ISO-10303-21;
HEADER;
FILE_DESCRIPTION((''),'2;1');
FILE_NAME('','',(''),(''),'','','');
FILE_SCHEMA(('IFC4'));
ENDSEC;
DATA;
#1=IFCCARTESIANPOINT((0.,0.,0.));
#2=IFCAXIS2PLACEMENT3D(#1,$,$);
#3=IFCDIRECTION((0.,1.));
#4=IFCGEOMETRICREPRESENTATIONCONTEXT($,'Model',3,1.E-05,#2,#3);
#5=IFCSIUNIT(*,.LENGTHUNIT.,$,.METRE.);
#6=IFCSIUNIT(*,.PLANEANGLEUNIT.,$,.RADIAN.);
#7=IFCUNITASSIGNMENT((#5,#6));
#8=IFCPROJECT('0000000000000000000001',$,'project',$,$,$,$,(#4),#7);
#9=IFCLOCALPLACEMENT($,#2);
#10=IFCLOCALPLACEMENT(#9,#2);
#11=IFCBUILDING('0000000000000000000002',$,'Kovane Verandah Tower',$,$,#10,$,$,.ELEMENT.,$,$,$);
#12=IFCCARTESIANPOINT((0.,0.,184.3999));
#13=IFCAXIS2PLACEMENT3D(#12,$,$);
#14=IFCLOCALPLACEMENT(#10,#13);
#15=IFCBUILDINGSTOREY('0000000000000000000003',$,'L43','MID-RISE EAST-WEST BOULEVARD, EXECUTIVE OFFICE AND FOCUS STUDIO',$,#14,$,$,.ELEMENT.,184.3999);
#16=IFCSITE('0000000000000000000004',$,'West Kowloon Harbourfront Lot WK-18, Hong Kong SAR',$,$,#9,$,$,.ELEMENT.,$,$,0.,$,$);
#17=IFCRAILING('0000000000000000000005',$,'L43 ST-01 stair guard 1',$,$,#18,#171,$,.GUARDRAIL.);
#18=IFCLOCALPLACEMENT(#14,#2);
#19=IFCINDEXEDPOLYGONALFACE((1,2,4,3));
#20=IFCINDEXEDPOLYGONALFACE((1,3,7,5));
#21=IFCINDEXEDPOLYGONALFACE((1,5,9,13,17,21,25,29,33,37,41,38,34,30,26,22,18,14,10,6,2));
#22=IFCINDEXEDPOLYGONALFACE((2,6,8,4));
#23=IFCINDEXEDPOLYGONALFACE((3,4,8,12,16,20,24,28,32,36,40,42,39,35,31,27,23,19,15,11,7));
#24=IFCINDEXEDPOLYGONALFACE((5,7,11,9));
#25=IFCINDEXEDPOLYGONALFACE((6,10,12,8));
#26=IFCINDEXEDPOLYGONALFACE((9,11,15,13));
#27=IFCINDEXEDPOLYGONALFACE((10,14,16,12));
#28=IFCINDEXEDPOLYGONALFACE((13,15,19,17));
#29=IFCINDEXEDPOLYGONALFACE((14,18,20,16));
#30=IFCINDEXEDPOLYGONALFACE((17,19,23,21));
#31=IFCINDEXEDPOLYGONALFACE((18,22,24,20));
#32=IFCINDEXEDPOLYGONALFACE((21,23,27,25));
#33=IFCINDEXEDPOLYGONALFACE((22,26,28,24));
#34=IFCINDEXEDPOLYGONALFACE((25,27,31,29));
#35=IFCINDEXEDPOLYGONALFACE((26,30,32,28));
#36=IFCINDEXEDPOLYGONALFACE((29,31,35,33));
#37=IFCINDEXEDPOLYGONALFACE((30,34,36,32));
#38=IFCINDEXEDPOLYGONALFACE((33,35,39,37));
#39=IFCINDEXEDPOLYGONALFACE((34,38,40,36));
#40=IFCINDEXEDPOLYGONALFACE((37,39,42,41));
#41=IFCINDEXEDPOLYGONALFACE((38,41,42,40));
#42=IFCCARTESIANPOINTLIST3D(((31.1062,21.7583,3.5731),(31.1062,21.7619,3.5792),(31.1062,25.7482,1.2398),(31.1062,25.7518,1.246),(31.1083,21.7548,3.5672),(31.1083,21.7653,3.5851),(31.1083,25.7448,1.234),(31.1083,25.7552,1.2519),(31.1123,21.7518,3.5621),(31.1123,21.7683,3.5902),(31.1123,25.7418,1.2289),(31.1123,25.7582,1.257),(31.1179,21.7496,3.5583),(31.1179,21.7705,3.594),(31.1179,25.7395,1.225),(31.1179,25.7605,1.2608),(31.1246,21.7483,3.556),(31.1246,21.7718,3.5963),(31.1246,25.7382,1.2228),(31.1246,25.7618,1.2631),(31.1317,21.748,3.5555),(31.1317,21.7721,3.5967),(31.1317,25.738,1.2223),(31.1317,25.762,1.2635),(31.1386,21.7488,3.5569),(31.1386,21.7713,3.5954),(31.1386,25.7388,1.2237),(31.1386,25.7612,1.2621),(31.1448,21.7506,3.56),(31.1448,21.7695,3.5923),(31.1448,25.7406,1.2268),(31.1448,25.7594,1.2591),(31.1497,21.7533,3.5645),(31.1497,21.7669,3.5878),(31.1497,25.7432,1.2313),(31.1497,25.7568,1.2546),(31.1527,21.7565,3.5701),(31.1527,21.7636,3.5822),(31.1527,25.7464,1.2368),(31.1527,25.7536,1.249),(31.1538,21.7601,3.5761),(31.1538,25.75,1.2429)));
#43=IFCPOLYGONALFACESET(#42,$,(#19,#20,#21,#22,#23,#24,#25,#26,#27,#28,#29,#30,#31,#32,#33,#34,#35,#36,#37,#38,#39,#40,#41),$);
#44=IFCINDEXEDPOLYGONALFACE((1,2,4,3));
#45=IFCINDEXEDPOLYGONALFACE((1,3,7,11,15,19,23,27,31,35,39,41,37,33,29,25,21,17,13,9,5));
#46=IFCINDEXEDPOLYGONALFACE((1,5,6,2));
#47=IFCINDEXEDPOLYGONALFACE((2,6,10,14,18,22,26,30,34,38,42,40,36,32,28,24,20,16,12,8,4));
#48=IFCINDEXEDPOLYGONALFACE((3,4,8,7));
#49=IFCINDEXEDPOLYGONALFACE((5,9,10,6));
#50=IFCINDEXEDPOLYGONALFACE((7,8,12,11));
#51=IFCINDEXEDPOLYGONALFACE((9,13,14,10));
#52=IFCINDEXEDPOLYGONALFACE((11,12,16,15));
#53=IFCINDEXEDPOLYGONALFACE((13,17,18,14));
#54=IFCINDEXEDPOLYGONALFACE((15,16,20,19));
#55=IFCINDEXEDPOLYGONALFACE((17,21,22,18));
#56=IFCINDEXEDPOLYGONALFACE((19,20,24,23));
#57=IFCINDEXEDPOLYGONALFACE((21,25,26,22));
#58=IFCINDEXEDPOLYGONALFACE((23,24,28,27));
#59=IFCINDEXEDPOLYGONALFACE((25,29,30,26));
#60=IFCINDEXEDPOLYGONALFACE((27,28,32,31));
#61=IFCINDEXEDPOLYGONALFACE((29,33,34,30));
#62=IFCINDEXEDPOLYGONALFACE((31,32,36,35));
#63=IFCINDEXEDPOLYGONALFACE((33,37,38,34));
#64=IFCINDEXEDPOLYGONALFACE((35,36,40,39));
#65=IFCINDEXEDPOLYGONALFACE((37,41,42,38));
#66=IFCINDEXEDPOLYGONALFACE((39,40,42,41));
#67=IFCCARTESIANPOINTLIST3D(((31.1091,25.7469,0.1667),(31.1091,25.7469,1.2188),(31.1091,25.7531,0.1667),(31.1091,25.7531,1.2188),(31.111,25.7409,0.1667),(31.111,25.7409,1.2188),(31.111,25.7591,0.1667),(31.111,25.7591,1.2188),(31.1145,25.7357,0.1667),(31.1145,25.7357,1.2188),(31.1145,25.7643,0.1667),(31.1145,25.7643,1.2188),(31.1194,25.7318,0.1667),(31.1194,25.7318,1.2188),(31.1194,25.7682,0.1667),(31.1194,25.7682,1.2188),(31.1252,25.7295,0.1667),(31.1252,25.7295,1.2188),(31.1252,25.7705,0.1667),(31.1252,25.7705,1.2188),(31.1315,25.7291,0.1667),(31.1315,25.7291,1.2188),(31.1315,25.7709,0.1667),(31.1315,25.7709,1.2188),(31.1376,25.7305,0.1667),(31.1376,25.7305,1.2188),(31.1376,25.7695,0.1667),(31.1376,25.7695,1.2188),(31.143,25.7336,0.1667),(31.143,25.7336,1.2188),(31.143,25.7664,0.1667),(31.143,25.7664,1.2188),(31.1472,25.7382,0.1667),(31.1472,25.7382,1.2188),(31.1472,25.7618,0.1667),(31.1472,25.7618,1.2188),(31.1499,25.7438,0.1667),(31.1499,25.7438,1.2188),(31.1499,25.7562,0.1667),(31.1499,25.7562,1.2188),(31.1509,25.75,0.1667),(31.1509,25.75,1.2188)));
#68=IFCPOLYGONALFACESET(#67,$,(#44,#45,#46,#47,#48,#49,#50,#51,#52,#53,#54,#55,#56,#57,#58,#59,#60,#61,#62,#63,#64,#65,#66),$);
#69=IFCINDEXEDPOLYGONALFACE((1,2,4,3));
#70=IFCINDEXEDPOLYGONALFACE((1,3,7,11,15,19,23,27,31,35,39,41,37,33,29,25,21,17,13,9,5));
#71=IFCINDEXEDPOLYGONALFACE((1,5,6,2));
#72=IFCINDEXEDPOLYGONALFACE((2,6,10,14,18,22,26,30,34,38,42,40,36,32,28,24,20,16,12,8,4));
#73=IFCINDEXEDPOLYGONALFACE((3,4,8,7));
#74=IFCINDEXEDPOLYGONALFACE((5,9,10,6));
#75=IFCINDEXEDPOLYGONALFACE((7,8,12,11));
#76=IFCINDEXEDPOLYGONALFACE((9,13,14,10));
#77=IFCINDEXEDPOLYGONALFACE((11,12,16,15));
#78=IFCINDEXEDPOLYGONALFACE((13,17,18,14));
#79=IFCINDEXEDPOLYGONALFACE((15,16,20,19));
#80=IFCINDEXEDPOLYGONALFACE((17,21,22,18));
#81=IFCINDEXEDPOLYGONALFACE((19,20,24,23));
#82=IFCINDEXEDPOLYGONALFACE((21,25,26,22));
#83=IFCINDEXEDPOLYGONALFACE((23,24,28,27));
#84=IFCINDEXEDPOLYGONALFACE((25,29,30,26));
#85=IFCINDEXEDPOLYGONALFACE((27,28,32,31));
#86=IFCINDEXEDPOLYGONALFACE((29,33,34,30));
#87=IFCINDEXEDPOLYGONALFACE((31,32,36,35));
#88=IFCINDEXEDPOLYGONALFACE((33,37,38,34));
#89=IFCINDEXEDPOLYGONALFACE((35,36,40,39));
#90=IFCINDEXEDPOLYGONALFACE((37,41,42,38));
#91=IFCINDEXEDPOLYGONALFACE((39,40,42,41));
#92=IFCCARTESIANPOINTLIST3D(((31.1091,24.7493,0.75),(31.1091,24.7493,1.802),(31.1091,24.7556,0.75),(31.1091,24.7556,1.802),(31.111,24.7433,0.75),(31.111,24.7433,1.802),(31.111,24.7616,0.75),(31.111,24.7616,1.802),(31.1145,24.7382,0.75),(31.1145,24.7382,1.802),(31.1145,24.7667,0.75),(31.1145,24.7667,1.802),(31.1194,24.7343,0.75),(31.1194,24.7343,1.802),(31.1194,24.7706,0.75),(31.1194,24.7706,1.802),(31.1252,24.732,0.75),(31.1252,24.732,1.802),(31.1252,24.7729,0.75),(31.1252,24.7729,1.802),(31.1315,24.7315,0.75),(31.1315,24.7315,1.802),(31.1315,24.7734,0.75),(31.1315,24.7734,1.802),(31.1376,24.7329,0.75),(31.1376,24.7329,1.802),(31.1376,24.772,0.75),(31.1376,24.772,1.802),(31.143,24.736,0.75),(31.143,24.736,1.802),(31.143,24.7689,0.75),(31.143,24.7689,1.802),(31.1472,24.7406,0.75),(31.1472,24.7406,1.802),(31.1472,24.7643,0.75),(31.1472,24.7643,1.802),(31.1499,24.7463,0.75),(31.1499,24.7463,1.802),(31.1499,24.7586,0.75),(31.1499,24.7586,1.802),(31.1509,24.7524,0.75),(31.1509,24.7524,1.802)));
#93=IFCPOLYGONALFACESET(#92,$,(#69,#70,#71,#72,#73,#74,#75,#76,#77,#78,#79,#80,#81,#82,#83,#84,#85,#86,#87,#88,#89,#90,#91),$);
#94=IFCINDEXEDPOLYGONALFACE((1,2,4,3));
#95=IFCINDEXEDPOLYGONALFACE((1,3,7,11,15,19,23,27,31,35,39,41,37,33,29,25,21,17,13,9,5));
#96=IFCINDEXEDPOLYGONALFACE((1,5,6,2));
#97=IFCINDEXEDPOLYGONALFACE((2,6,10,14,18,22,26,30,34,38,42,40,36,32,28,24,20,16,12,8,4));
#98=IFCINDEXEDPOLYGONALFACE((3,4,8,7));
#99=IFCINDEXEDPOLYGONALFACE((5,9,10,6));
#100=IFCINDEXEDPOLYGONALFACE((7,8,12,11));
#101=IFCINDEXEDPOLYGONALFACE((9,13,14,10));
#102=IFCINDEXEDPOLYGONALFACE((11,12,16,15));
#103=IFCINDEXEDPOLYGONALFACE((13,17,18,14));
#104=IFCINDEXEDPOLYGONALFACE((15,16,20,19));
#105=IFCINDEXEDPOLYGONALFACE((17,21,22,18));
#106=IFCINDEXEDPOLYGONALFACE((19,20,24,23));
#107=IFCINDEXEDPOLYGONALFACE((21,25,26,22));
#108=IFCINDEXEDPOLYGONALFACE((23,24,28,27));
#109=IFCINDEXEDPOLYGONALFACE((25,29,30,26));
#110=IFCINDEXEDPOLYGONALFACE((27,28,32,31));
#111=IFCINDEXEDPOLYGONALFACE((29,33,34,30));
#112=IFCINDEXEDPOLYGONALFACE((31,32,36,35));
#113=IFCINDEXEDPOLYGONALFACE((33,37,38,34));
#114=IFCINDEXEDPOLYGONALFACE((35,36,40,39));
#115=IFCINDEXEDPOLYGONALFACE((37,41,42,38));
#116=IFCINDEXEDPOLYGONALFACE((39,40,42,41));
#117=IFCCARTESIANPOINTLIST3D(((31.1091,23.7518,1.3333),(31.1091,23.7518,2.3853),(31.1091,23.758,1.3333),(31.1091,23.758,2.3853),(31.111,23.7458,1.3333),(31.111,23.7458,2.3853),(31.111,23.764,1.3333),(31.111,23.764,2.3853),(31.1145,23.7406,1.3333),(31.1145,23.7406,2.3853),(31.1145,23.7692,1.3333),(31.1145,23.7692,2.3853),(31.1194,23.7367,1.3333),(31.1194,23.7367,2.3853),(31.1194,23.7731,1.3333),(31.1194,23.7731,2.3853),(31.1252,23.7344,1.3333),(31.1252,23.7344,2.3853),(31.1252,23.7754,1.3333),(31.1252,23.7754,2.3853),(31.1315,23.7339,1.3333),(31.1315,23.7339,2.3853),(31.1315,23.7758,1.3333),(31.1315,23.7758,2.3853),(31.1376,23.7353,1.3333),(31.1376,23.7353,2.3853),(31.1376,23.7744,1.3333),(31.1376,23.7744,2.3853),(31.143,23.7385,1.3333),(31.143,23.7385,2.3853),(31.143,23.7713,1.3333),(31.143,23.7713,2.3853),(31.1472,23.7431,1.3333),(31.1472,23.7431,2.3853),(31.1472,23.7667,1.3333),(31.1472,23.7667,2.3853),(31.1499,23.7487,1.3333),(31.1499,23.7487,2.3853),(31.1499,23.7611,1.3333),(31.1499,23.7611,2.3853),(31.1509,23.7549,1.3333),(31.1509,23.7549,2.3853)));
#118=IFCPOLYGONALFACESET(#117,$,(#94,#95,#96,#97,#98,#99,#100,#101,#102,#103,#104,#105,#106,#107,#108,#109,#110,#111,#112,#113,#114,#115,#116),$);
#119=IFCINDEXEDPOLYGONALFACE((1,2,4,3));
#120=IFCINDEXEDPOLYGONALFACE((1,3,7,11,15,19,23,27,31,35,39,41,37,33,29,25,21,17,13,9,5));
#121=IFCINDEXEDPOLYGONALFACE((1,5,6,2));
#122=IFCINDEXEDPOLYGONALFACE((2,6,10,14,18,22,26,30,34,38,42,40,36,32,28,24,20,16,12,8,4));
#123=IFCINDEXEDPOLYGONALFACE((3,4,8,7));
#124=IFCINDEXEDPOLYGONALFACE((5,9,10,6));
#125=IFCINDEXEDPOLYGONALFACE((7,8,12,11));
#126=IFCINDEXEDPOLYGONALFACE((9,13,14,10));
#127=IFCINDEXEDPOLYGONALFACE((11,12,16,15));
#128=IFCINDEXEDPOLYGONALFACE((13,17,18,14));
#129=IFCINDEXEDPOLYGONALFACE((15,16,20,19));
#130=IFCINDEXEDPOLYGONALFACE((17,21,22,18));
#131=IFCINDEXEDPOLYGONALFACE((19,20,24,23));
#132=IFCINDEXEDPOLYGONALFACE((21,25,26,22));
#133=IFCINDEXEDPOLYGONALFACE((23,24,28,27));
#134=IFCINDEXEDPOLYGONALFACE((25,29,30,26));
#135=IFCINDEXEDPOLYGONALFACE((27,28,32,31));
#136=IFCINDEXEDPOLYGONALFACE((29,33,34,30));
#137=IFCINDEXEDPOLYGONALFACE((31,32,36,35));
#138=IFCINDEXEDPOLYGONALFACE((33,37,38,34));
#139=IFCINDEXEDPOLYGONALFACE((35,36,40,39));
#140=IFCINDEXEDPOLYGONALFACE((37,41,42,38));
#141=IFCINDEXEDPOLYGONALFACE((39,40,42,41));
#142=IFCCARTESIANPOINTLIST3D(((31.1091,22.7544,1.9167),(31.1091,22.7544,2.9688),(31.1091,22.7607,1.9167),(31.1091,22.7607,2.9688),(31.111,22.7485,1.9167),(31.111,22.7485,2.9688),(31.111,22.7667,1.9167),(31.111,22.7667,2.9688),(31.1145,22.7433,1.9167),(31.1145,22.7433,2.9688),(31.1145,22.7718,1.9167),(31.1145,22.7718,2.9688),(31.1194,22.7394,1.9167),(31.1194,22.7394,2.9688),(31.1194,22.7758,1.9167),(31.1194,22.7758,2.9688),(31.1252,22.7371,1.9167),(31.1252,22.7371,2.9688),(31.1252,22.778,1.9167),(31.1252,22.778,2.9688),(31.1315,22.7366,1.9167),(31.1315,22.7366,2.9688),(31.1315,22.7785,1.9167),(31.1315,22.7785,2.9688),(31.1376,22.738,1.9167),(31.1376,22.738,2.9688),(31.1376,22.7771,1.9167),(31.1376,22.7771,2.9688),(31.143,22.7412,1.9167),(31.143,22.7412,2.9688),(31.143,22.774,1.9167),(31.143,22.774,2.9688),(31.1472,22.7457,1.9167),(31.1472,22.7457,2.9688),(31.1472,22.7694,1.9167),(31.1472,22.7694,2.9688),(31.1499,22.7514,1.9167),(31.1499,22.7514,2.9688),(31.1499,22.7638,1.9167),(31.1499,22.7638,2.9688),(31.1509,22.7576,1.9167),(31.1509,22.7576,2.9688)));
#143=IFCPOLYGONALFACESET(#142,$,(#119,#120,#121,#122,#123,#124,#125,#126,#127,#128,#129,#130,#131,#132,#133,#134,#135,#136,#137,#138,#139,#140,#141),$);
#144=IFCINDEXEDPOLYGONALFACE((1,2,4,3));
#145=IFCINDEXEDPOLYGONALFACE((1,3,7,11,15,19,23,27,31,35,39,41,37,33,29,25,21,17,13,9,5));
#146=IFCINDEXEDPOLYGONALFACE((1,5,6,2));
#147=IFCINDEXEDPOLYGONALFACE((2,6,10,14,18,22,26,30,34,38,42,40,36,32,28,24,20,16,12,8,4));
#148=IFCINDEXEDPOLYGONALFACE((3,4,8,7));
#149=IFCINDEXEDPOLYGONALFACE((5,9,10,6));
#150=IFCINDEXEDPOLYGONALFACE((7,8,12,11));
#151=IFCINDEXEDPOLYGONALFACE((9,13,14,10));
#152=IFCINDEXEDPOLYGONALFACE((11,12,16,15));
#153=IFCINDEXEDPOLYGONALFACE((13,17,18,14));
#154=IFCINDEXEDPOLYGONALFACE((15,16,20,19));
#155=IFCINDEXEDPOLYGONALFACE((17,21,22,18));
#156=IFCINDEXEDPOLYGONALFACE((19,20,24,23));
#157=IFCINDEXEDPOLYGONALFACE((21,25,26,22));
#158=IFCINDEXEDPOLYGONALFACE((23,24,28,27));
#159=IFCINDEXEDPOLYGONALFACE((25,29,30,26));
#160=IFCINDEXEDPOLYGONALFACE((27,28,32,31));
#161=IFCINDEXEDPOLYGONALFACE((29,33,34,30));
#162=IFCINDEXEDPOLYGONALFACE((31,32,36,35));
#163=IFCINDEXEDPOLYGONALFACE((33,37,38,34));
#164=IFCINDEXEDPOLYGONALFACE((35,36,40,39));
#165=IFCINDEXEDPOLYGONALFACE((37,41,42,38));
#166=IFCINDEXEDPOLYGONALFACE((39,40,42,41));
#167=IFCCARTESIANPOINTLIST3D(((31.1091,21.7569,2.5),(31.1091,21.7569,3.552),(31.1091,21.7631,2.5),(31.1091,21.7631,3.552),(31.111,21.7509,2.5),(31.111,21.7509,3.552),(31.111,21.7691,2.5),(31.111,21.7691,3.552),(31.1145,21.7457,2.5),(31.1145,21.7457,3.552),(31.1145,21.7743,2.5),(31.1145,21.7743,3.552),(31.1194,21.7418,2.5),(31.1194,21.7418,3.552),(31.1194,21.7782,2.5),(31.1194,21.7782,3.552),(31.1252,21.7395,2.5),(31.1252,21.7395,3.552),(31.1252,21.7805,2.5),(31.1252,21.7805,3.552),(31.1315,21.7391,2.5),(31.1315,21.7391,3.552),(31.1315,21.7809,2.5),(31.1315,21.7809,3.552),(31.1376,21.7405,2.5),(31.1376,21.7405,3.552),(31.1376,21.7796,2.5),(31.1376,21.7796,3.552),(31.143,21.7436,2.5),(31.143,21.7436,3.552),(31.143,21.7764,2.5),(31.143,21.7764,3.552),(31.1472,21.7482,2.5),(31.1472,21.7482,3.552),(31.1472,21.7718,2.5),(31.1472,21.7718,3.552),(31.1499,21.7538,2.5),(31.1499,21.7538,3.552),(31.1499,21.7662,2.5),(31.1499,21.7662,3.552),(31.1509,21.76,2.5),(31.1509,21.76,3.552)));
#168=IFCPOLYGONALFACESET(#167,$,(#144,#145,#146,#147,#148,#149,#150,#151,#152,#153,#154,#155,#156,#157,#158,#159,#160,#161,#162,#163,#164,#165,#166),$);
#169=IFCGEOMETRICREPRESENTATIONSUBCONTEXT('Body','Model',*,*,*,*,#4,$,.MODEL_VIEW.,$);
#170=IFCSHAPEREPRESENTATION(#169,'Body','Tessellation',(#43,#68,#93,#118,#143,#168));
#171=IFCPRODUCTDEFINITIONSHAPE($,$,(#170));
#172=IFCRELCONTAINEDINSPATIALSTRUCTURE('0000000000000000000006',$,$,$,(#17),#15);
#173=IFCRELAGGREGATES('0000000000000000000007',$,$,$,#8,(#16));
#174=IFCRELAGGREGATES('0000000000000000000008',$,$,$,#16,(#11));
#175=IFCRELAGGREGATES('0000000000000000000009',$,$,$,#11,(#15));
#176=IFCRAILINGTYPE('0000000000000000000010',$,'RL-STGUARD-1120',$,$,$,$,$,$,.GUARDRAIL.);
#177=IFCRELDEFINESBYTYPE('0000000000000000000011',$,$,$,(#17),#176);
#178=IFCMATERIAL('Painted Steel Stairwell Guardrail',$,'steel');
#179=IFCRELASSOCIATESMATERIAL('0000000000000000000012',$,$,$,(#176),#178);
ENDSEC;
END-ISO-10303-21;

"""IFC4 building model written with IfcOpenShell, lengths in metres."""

from ifc_helpers import new_model, si_unit, direction, frame, origin, origin_2d, place, context, subcontext, project, spatial, circle, extrude, material, type_object, element, save


model = new_model("IFC4")

# Units and contexts
model_context = context("Model", 3, precision=1e-05, world=origin(), true_north=direction((0.0, 1.0)))
body_context = subcontext(model_context, "Body", "Model", "MODEL_VIEW")
ifc_project = project(units=[si_unit("LENGTHUNIT", "METRE"), si_unit("PLANEANGLEUNIT", "RADIAN")], contexts=[model_context])

# Site, building, storey
site_placement = place(None, origin())
site = spatial("IfcSite", under=ifc_project, at=site_placement, Name="West Kowloon Harbourfront Lot WK-18, Hong Kong SAR", CompositionType="ELEMENT", RefElevation=0.0)
building_placement = place(site_placement, origin())
building = spatial("IfcBuilding", under=site, at=building_placement, Name="Kovane Verandah Tower", CompositionType="ELEMENT")
storey_placement = place(building_placement, frame((0.0, 0.0, 184.3999)))
storey = spatial("IfcBuildingStorey", under=building, at=storey_placement, Name="L43", Description="MID-RISE EAST-WEST BOULEVARD, EXECUTIVE OFFICE AND FOCUS STUDIO", CompositionType="ELEMENT", Elevation=184.3999)

# Railing
ifc_material_1 = material(Name="Painted Steel Stairwell Guardrail", Category="steel")
railing_type_1 = type_object("IfcRailingType", Name="RL-STGUARD-1120", PredefinedType="GUARDRAIL", material=ifc_material_1)
railing_1_placement = place(storey_placement, frame((31.1299, 25.75, 0.1667)))
element("IfcRailing", 1, at=railing_1_placement, inside=storey, type_object=railing_type_1, Name="L43 ST-01 stair guard 1", PredefinedType="GUARDRAIL", context=body_context, shape_type="SweptSolid", body=[
    extrude(circle(Radius=0.0239, at=origin_2d()), frame((0.0, 0.0, 1.0762), z_axis=(0.0, -0.863236, 0.5048), x_axis=(1.0, 0.0, 0.0)), (0.0, 0.0, 1.0), 4.6221),
    extrude(circle(Radius=0.021, at=origin_2d()), origin(), (0.0, 0.0, 1.0), 1.052),
    extrude(circle(Radius=0.021, at=origin_2d()), frame((0.0, -0.9976, 0.5833)), (0.0, 0.0, 1.0), 1.052),
    extrude(circle(Radius=0.021, at=origin_2d()), frame((0.0, -1.9951, 1.1665)), (0.0, 0.0, 1.0), 1.052),
    extrude(circle(Radius=0.021, at=origin_2d()), frame((0.0, -2.9924, 1.75)), (0.0, 0.0, 1.0), 1.052),
    extrude(circle(Radius=0.021, at=origin_2d()), frame((0.0, -3.99, 2.3333)), (0.0, 0.0, 1.0), 1.052),
])

save(model, "model.ifc")
